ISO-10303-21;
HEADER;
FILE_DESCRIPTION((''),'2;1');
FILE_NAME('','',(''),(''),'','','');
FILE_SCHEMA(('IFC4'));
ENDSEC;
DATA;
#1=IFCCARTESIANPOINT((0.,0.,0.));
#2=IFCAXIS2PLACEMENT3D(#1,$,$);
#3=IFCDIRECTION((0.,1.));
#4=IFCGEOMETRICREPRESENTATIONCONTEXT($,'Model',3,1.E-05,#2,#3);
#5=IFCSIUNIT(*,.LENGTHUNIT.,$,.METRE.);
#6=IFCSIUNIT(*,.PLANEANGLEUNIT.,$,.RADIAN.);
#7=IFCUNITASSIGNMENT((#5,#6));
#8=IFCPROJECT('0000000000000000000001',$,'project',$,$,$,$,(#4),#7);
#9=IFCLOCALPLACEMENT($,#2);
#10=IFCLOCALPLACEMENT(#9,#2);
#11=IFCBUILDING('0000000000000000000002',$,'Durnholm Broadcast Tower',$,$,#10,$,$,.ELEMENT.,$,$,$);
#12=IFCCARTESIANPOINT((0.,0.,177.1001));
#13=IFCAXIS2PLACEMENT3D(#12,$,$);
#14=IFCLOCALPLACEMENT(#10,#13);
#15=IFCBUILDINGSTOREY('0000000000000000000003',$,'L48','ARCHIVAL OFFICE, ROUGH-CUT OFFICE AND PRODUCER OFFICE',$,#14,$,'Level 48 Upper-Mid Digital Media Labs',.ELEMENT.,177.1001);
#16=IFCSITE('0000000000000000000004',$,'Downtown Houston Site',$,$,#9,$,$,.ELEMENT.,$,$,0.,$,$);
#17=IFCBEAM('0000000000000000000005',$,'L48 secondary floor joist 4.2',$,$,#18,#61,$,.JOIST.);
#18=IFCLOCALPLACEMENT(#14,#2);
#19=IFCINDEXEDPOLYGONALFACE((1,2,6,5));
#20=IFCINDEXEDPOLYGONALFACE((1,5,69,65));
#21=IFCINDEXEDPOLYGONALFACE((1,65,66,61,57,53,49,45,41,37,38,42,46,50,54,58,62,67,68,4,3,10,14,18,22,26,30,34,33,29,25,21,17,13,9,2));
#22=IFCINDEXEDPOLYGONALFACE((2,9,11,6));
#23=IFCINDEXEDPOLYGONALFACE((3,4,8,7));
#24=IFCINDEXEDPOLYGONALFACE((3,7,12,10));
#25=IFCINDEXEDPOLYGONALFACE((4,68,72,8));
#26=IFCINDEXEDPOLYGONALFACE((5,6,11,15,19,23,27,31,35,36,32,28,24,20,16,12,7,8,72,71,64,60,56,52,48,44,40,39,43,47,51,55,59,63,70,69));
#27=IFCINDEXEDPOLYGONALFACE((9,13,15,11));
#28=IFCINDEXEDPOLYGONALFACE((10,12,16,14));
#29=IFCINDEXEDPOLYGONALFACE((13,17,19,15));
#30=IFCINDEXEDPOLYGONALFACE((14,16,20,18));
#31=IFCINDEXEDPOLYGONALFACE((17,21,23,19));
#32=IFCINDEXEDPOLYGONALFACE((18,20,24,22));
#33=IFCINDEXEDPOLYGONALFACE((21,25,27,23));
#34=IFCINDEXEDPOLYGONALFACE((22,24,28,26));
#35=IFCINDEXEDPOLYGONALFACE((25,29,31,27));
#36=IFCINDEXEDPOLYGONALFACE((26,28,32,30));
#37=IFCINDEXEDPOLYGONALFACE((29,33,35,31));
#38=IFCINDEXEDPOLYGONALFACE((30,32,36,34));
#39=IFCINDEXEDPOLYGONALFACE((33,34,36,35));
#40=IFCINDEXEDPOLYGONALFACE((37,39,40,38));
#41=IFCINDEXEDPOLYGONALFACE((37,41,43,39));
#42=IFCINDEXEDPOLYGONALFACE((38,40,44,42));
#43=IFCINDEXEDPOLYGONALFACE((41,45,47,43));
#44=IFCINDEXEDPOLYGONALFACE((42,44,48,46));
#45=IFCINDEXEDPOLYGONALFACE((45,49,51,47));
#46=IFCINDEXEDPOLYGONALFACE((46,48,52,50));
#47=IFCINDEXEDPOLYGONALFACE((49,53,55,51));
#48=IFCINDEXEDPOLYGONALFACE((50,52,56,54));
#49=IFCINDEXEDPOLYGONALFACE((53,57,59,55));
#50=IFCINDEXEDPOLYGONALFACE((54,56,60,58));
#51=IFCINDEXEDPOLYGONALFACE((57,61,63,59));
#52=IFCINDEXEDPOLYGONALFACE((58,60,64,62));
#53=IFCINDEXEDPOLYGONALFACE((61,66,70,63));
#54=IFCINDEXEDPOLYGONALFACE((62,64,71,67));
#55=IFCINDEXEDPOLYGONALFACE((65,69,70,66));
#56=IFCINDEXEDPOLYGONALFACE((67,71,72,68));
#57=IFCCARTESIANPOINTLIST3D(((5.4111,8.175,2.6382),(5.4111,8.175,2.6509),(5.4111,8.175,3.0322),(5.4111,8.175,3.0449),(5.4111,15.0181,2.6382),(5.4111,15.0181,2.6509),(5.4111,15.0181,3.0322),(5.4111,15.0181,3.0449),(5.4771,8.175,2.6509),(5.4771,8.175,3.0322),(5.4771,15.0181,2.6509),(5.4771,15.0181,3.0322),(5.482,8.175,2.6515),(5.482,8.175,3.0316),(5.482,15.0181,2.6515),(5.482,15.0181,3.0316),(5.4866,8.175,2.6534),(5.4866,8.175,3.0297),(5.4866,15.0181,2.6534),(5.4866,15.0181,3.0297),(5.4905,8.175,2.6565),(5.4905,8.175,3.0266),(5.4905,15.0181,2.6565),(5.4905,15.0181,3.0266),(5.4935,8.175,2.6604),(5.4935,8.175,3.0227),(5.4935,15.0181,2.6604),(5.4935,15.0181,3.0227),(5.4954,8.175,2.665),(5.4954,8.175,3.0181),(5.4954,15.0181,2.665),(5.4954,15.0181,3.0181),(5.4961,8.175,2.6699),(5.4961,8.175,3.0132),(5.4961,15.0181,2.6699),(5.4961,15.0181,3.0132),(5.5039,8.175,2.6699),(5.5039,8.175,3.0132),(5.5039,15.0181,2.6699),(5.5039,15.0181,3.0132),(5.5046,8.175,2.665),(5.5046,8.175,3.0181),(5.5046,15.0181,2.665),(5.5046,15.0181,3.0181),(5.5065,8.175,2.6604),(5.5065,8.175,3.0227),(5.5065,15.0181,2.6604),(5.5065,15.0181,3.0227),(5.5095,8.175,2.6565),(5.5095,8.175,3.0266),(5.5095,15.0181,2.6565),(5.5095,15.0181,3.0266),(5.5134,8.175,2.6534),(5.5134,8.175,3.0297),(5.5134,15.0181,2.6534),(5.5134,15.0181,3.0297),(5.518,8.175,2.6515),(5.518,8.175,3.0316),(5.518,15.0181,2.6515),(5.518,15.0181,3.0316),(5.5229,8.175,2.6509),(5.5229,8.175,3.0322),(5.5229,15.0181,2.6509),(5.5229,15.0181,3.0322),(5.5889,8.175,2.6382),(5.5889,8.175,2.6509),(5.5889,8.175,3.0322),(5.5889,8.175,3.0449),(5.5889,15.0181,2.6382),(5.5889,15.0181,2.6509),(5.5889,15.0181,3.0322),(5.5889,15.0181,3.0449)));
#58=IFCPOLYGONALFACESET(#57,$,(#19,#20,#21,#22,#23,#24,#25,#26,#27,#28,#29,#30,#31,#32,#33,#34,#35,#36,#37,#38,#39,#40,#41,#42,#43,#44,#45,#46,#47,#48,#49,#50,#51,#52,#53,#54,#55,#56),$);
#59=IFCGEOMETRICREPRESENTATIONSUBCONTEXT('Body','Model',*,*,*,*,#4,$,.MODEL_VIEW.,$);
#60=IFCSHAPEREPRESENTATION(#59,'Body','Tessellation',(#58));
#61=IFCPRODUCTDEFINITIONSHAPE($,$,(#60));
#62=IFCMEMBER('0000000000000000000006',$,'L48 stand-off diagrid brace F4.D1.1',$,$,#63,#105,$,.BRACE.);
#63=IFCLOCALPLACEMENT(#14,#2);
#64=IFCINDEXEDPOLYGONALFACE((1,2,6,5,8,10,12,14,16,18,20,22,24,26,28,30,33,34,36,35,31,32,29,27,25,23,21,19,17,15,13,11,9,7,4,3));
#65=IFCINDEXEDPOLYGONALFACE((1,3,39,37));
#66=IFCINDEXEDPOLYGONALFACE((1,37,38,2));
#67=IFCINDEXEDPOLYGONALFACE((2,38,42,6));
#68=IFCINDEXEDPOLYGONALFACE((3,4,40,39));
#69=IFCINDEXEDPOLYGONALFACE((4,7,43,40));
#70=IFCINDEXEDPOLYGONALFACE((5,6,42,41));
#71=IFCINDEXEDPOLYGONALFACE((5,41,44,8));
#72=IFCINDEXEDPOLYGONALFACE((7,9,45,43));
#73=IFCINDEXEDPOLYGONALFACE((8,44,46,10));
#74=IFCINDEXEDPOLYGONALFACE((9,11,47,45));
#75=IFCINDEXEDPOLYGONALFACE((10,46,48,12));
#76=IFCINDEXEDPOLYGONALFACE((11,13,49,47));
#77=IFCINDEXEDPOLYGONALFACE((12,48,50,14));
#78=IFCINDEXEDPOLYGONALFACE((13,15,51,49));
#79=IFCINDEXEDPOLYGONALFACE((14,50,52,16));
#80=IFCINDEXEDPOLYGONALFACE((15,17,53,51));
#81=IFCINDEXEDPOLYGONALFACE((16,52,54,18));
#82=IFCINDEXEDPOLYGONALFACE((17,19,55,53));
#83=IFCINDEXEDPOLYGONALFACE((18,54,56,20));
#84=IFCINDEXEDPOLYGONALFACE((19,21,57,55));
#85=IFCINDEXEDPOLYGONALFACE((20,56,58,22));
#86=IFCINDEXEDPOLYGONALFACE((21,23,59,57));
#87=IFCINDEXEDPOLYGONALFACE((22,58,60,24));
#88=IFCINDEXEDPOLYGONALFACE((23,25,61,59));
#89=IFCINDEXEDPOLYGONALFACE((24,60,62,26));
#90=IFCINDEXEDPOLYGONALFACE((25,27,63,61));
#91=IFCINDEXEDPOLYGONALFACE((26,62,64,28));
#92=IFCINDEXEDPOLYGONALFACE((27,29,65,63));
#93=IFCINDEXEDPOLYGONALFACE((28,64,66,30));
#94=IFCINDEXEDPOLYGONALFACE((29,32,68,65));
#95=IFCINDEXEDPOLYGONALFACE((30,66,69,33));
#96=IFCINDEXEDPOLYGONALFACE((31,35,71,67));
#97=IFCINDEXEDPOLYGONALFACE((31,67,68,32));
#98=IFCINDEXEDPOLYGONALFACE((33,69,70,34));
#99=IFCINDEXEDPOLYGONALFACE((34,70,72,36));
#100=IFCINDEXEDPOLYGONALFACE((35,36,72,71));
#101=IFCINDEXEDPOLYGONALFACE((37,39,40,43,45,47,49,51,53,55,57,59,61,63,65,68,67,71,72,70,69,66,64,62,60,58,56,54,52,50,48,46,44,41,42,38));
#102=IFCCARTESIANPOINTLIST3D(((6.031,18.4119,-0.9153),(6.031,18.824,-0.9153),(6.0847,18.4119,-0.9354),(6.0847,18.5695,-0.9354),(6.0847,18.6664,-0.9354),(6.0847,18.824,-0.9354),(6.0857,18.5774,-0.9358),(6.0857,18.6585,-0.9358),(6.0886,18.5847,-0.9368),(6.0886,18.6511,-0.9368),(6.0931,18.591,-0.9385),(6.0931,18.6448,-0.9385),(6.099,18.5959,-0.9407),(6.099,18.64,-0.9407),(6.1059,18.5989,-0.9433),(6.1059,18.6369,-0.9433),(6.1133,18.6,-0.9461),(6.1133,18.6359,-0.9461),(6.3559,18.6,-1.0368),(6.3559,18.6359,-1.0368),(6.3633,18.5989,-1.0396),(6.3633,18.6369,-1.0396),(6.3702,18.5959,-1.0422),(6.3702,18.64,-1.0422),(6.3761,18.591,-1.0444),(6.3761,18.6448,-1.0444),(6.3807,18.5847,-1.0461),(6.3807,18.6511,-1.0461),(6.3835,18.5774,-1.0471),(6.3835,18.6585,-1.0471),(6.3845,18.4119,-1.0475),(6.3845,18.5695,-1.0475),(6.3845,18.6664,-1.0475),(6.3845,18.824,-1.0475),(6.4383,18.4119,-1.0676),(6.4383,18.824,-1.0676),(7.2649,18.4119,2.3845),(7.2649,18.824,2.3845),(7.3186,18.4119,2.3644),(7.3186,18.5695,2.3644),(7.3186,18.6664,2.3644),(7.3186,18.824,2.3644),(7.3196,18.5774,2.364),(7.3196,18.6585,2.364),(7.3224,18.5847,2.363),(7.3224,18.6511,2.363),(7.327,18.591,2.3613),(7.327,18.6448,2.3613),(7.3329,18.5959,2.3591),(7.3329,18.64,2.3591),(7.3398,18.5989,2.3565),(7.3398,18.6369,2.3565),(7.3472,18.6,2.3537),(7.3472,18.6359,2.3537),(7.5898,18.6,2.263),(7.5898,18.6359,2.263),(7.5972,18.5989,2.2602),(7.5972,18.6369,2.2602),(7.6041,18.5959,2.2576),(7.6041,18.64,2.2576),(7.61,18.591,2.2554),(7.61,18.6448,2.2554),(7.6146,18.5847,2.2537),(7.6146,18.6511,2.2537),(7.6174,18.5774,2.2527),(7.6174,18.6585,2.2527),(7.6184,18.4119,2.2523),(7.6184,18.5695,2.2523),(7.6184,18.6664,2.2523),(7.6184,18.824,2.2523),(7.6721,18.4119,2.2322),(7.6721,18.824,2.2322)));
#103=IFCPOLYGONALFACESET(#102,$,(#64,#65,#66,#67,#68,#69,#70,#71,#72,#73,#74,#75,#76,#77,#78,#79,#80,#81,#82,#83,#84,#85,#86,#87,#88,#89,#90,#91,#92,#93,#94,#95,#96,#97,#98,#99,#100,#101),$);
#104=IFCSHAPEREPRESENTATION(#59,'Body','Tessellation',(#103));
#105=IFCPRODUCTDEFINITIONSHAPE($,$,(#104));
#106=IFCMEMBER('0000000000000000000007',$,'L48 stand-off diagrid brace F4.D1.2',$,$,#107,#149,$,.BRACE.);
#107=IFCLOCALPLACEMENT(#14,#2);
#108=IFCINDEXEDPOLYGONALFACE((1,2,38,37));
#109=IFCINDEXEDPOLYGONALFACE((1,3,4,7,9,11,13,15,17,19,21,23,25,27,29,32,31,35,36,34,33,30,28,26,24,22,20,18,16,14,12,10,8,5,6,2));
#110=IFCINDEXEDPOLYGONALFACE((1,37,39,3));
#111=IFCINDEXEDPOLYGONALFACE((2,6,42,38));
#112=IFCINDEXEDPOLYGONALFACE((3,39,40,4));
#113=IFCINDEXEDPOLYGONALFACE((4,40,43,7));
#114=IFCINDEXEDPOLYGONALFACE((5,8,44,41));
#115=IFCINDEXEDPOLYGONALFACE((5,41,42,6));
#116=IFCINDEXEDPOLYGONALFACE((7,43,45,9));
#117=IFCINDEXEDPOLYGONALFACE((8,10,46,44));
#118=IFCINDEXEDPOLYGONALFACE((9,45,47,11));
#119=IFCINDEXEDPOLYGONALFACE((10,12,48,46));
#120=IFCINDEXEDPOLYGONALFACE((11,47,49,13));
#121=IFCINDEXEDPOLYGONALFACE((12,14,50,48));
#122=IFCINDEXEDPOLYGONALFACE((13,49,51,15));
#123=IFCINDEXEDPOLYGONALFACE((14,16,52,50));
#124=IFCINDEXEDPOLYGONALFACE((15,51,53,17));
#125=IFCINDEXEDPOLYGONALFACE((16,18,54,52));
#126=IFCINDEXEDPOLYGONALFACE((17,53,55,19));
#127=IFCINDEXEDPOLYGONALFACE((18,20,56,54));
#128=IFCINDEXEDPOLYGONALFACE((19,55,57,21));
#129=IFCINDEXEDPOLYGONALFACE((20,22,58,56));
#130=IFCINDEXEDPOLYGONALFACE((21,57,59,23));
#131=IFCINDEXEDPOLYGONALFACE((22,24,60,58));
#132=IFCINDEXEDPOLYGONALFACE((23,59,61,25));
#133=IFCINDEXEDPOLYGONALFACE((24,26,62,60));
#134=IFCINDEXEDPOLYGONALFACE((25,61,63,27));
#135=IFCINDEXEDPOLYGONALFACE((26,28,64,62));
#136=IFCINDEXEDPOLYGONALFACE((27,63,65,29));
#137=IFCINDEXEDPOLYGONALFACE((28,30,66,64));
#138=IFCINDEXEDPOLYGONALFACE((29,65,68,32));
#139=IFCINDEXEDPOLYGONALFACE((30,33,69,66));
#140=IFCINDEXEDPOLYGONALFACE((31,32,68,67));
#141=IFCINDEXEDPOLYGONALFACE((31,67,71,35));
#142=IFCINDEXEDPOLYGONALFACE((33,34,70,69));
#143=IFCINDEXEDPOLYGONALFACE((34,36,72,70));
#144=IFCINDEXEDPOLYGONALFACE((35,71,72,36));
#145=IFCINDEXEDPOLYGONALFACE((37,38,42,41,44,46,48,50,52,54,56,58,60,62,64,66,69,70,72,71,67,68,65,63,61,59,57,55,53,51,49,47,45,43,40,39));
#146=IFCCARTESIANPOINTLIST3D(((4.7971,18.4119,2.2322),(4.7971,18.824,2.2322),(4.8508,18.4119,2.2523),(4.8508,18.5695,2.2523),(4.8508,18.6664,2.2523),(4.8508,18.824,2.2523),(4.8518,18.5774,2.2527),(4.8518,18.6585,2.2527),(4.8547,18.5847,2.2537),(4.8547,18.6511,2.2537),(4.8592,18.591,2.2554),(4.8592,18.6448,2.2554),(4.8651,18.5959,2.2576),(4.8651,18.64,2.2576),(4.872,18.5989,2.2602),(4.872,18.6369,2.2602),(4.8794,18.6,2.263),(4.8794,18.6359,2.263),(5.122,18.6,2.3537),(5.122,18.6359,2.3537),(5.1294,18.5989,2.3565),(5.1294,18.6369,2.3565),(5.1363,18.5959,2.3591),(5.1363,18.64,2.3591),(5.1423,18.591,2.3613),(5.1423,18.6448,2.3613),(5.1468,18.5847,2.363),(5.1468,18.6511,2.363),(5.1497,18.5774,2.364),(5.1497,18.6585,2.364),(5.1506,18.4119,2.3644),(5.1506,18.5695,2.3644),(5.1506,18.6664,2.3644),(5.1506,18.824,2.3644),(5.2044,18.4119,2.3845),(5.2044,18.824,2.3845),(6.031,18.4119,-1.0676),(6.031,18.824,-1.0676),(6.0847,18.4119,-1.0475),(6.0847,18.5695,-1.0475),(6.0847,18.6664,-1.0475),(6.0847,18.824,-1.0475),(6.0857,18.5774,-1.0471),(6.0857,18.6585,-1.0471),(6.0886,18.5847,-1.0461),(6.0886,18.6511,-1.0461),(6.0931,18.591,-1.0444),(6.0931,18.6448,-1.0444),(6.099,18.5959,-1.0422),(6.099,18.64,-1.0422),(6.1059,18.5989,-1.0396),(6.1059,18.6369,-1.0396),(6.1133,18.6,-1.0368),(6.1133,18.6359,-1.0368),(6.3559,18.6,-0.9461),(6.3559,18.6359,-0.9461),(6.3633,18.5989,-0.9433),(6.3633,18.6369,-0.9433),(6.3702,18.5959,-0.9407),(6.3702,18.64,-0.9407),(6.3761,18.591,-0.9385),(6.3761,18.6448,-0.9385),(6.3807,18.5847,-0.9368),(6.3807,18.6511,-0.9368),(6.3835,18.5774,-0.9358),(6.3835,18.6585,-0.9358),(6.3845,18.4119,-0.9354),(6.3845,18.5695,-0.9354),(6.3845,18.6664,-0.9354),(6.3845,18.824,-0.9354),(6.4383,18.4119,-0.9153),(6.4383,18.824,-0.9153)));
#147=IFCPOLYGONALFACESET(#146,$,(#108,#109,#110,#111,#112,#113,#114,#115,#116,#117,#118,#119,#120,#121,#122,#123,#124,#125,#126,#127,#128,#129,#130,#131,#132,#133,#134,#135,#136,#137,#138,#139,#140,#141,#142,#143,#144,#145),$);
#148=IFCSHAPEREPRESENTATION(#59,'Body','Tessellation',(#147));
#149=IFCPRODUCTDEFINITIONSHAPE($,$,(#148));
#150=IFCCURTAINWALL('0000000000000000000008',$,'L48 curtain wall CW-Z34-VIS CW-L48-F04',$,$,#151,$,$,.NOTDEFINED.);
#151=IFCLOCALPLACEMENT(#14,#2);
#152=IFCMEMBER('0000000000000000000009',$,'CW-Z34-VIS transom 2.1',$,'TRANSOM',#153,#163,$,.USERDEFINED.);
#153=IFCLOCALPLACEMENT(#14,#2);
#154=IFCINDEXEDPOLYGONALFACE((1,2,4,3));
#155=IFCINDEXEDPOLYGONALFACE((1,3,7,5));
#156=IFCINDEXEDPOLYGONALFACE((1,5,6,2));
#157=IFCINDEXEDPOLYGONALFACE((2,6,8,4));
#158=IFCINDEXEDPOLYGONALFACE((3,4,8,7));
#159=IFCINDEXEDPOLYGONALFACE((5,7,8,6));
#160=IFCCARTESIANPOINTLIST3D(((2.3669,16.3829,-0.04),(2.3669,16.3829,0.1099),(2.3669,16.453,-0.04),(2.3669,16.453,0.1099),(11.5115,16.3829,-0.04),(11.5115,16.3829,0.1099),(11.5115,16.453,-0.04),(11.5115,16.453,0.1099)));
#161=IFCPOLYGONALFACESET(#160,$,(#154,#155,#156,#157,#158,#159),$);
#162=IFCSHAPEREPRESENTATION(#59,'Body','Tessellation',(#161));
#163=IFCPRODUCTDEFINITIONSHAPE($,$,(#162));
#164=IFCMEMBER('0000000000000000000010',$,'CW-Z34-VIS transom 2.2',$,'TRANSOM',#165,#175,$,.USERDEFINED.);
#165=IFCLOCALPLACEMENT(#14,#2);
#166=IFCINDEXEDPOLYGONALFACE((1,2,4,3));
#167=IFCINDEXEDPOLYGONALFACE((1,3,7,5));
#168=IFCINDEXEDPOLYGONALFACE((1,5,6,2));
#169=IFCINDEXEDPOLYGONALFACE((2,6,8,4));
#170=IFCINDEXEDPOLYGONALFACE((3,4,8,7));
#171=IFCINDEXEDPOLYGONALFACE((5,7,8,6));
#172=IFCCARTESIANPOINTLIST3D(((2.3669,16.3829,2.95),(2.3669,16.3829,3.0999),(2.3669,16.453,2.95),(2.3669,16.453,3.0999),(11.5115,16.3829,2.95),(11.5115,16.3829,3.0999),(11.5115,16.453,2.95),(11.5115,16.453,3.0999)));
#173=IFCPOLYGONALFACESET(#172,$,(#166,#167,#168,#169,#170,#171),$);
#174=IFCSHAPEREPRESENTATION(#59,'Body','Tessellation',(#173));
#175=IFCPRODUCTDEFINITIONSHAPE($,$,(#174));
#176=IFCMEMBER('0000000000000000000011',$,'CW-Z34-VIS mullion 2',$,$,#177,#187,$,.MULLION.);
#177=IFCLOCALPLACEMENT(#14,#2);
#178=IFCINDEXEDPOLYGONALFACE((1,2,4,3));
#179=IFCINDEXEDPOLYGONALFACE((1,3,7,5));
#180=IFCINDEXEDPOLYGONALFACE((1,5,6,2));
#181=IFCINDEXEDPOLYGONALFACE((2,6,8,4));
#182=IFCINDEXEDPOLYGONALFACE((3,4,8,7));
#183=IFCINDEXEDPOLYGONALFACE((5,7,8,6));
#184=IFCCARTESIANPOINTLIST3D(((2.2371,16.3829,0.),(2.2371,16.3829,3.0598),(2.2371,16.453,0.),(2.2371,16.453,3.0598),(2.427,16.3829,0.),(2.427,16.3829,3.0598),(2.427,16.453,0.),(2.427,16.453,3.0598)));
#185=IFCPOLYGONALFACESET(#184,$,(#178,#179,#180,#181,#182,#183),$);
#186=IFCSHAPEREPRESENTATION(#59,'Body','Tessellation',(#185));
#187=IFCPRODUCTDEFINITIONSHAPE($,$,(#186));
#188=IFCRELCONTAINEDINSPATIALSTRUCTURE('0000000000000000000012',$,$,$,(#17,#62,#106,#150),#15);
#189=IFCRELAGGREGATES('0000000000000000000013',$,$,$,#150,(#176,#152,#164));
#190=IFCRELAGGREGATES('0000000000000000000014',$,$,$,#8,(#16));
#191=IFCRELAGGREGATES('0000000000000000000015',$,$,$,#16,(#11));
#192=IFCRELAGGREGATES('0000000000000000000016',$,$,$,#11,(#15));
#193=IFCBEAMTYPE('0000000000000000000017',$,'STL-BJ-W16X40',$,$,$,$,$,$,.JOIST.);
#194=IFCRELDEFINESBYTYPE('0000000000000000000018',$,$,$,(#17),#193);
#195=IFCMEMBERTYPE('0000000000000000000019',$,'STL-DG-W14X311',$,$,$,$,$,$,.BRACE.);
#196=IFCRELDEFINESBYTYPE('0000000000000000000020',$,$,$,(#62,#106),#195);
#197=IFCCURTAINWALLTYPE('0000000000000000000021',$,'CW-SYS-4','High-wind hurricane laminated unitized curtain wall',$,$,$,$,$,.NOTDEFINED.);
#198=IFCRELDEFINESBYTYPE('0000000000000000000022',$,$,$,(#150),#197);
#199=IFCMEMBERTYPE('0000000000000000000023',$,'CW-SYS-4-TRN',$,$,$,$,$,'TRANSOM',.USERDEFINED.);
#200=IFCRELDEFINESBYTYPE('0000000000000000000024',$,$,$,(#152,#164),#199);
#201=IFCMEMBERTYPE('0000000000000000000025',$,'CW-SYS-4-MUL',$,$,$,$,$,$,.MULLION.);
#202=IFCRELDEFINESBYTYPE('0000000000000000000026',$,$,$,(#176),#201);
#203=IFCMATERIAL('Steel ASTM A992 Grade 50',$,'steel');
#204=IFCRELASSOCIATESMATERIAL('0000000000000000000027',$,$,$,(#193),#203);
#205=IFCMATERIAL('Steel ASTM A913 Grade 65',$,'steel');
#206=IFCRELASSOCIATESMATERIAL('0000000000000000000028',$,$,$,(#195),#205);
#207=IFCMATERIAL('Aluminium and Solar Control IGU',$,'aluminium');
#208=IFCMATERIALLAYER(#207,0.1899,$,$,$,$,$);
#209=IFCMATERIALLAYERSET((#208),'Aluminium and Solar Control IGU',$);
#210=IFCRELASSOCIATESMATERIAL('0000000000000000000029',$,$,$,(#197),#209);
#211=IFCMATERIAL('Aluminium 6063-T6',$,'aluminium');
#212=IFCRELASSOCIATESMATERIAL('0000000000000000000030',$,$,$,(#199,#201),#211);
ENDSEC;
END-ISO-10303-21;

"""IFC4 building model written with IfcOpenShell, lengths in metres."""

from ifc_helpers import new_model, si_unit, direction, frame, origin, origin_2d, place, context, subcontext, project, spatial, rectangle, i_section, extrude, source, transform, mapped, material, layer, layer_set, material_profile, profile_set, type_object, type_shapes, element, aggregate, save


model = new_model("IFC4")

# Units and contexts
model_context = context("Model", 3, precision=1e-05, world=origin(), true_north=direction((0.0, 1.0)))
body_context = subcontext(model_context, "Body", "Model", "MODEL_VIEW")
ifc_project = project(units=[si_unit("LENGTHUNIT", "METRE"), si_unit("PLANEANGLEUNIT", "RADIAN")], contexts=[model_context])

# Site, building, storey
site_placement = place(None, origin())
site = spatial("IfcSite", under=ifc_project, at=site_placement, Name="Downtown Houston Site", CompositionType="ELEMENT", RefElevation=0.0)
building_placement = place(site_placement, origin())
building = spatial("IfcBuilding", under=site, at=building_placement, Name="Durnholm Broadcast Tower", CompositionType="ELEMENT")
storey_placement = place(building_placement, frame((0.0, 0.0, 177.1001)))
storey = spatial("IfcBuildingStorey", under=building, at=storey_placement, Name="L48", Description="ARCHIVAL OFFICE, ROUGH-CUT OFFICE AND PRODUCER OFFICE", LongName="Level 48 Upper-Mid Digital Media Labs", CompositionType="ELEMENT", Elevation=177.1001)

# Beam
ifc_material_1 = material(Name="Steel ASTM A992 Grade 50", Category="steel")
ifc_material_profile_1 = material_profile(ifc_material_1, i_section(OverallWidth=0.1777, OverallDepth=0.4067, WebThickness=0.0078, FlangeThickness=0.0127, FilletRadius=0.019, at=origin_2d()), Name="W16X40")
ifc_profile_set_1 = profile_set([ifc_material_profile_1], Name="Steel ASTM A992 Grade 50")
beam_type_1 = type_object("IfcBeamType", Name="STL-BJ-W16X40", PredefinedType="JOIST", material=ifc_profile_set_1)
shared_shape_1 = source(origin(), body_context, "Body", "SweptSolid", [
    extrude(i_section(OverallWidth=0.1777, OverallDepth=0.4067, WebThickness=0.0078, FlangeThickness=0.0127, FilletRadius=0.019, at=origin_2d()), origin(), (0.0, 0.0, 1.0), 6.843),
])
type_shapes(beam_type_1, [shared_shape_1])
beam_1_placement = place(storey_placement, frame((5.5, 8.175, 2.8416), z_axis=(0.0, 1.0, 0.0), x_axis=(-1.0, 0.0, 0.0)))
element("IfcBeam", 1, at=beam_1_placement, inside=storey, type_object=beam_type_1, Name="L48 secondary floor joist 4.2", PredefinedType="JOIST", context=body_context, shape_type="MappedRepresentation", body=[
    mapped(shared_shape_1, transform((0.0, 0.0, 0.0), x_axis=(1.0, 0.0, 0.0), y_axis=(0.0, 1.0, 0.0), z_axis=(0.0, 0.0, 1.0), scale=1.0)),
])

# Members
ifc_material_2 = material(Name="Steel ASTM A913 Grade 65", Category="steel")
ifc_material_profile_2 = material_profile(ifc_material_2, i_section(OverallWidth=0.4121, OverallDepth=0.4348, WebThickness=0.0359, FlangeThickness=0.0574, FilletRadius=0.0305, at=origin_2d()), Name="W14X311")
ifc_profile_set_2 = profile_set([ifc_material_profile_2], Name="Steel ASTM A913 Grade 65")
member_type_1 = type_object("IfcMemberType", Name="STL-DG-W14X311", PredefinedType="BRACE", material=ifc_profile_set_2)
shared_shape_2 = source(origin(), body_context, "Body", "SweptSolid", [
    extrude(i_section(OverallWidth=0.4121, OverallDepth=0.4348, WebThickness=0.0359, FlangeThickness=0.0574, FilletRadius=0.0305, at=origin_2d()), origin(), (0.0, 0.0, 1.0), 3.5229),
])
type_shapes(member_type_1, [shared_shape_2])
for number, where, z_axis, x_axis, name in (
    (2, (6.2346, 18.6179, -0.9915), (0.350242, 0.0, 0.936659), (0.0, 1.0, 0.0), "L48 stand-off diagrid brace F4.D1.1"),
    (3, (6.2346, 18.6179, -0.9915), (-0.350242, 0.0, 0.936659), (0.0, -1.0, 0.0), "L48 stand-off diagrid brace F4.D1.2"),
):
    element("IfcMember", number, at=place(storey_placement, frame(where, z_axis=z_axis, x_axis=x_axis)), inside=storey, type_object=member_type_1, Name=name, PredefinedType="BRACE", context=body_context, shape_type="MappedRepresentation", body=[
        mapped(shared_shape_2, transform((0.0, 0.0, 0.0), x_axis=(1.0, 0.0, 0.0), y_axis=(0.0, 1.0, 0.0), z_axis=(0.0, 0.0, 1.0), scale=1.0)),
    ])

# Curtain wall, members
ifc_material_3 = material(Name="Aluminium and Solar Control IGU", Category="aluminium")
ifc_layer_1 = layer(ifc_material_3, 0.1899)
ifc_layer_set_1 = layer_set([ifc_layer_1], Name="Aluminium and Solar Control IGU")
curtain_wall_type = type_object("IfcCurtainWallType", Name="CW-SYS-4", Description="High-wind hurricane laminated unitized curtain wall", PredefinedType="NOTDEFINED", material=ifc_layer_set_1)
curtain_wall_placement = place(storey_placement, origin())
curtain_wall = element("IfcCurtainWall", 4, at=curtain_wall_placement, inside=storey, type_object=curtain_wall_type, Name="L48 curtain wall CW-Z34-VIS CW-L48-F04", PredefinedType="NOTDEFINED")
ifc_material_4 = material(Name="Aluminium 6063-T6", Category="aluminium")
ifc_material_profile_3 = material_profile(ifc_material_4, rectangle(XDim=0.0701, YDim=0.1499, at=origin_2d()), Name="CWT70X150")
ifc_profile_set_3 = profile_set([ifc_material_profile_3], Name="Aluminium 6063-T6")
member_type_2 = type_object("IfcMemberType", Name="CW-SYS-4-TRN", ElementType="TRANSOM", PredefinedType="USERDEFINED", material=ifc_profile_set_3)
shared_shape_3 = source(origin(), body_context, "Body", "SweptSolid", [
    extrude(rectangle(XDim=0.0701, YDim=0.1499, at=origin_2d()), origin(), (0.0, 0.0, 1.0), 9.1445),
])
type_shapes(member_type_2, [shared_shape_3])
member_1_placement = place(storey_placement, frame((2.3669, 16.418, 0.0349), z_axis=(1.0, 0.0, 0.0), x_axis=(0.0, 1.0, 0.0)))
member_1 = element("IfcMember", 5, at=member_1_placement, type_object=member_type_2, Name="CW-Z34-VIS transom 2.1", ObjectType="TRANSOM", PredefinedType="USERDEFINED", context=body_context, shape_type="MappedRepresentation", body=[
    mapped(shared_shape_3, transform((0.0, 0.0, 0.0), x_axis=(1.0, 0.0, 0.0), y_axis=(0.0, 1.0, 0.0), z_axis=(0.0, 0.0, 1.0), scale=1.0)),
])
member_2_placement = place(storey_placement, frame((2.3669, 16.418, 3.0249), z_axis=(1.0, 0.0, 0.0), x_axis=(0.0, 1.0, 0.0)))
member_2 = element("IfcMember", 6, at=member_2_placement, type_object=member_type_2, Name="CW-Z34-VIS transom 2.2", ObjectType="TRANSOM", PredefinedType="USERDEFINED", context=body_context, shape_type="MappedRepresentation", body=[
    mapped(shared_shape_3, transform((0.0, 0.0, 0.0), x_axis=(1.0, 0.0, 0.0), y_axis=(0.0, 1.0, 0.0), z_axis=(0.0, 0.0, 1.0), scale=1.0)),
])
ifc_material_profile_4 = material_profile(ifc_material_4, rectangle(XDim=0.0701, YDim=0.1899, at=origin_2d()), Name="CWM70X190")
ifc_profile_set_4 = profile_set([ifc_material_profile_4], Name="Aluminium 6063-T6")
member_type_3 = type_object("IfcMemberType", Name="CW-SYS-4-MUL", PredefinedType="MULLION", material=ifc_profile_set_4)
shared_shape_4 = source(origin(), body_context, "Body", "SweptSolid", [
    extrude(rectangle(XDim=0.0701, YDim=0.1899, at=origin_2d()), origin(), (0.0, 0.0, 1.0), 3.0598),
])
type_shapes(member_type_3, [shared_shape_4])
member_3_placement = place(storey_placement, frame((2.332, 16.418, 0.0), z_axis=(0.0, 0.0, 1.0), x_axis=(0.0, 1.0, 0.0)))
member_3 = element("IfcMember", 7, at=member_3_placement, type_object=member_type_3, Name="CW-Z34-VIS mullion 2", PredefinedType="MULLION", context=body_context, shape_type="MappedRepresentation", body=[
    mapped(shared_shape_4, transform((0.0, 0.0, 0.0), x_axis=(1.0, 0.0, 0.0), y_axis=(0.0, 1.0, 0.0), z_axis=(0.0, 0.0, 1.0), scale=1.0)),
])
aggregate(curtain_wall, [member_3, member_1, member_2])

save(model, "model.ifc")
